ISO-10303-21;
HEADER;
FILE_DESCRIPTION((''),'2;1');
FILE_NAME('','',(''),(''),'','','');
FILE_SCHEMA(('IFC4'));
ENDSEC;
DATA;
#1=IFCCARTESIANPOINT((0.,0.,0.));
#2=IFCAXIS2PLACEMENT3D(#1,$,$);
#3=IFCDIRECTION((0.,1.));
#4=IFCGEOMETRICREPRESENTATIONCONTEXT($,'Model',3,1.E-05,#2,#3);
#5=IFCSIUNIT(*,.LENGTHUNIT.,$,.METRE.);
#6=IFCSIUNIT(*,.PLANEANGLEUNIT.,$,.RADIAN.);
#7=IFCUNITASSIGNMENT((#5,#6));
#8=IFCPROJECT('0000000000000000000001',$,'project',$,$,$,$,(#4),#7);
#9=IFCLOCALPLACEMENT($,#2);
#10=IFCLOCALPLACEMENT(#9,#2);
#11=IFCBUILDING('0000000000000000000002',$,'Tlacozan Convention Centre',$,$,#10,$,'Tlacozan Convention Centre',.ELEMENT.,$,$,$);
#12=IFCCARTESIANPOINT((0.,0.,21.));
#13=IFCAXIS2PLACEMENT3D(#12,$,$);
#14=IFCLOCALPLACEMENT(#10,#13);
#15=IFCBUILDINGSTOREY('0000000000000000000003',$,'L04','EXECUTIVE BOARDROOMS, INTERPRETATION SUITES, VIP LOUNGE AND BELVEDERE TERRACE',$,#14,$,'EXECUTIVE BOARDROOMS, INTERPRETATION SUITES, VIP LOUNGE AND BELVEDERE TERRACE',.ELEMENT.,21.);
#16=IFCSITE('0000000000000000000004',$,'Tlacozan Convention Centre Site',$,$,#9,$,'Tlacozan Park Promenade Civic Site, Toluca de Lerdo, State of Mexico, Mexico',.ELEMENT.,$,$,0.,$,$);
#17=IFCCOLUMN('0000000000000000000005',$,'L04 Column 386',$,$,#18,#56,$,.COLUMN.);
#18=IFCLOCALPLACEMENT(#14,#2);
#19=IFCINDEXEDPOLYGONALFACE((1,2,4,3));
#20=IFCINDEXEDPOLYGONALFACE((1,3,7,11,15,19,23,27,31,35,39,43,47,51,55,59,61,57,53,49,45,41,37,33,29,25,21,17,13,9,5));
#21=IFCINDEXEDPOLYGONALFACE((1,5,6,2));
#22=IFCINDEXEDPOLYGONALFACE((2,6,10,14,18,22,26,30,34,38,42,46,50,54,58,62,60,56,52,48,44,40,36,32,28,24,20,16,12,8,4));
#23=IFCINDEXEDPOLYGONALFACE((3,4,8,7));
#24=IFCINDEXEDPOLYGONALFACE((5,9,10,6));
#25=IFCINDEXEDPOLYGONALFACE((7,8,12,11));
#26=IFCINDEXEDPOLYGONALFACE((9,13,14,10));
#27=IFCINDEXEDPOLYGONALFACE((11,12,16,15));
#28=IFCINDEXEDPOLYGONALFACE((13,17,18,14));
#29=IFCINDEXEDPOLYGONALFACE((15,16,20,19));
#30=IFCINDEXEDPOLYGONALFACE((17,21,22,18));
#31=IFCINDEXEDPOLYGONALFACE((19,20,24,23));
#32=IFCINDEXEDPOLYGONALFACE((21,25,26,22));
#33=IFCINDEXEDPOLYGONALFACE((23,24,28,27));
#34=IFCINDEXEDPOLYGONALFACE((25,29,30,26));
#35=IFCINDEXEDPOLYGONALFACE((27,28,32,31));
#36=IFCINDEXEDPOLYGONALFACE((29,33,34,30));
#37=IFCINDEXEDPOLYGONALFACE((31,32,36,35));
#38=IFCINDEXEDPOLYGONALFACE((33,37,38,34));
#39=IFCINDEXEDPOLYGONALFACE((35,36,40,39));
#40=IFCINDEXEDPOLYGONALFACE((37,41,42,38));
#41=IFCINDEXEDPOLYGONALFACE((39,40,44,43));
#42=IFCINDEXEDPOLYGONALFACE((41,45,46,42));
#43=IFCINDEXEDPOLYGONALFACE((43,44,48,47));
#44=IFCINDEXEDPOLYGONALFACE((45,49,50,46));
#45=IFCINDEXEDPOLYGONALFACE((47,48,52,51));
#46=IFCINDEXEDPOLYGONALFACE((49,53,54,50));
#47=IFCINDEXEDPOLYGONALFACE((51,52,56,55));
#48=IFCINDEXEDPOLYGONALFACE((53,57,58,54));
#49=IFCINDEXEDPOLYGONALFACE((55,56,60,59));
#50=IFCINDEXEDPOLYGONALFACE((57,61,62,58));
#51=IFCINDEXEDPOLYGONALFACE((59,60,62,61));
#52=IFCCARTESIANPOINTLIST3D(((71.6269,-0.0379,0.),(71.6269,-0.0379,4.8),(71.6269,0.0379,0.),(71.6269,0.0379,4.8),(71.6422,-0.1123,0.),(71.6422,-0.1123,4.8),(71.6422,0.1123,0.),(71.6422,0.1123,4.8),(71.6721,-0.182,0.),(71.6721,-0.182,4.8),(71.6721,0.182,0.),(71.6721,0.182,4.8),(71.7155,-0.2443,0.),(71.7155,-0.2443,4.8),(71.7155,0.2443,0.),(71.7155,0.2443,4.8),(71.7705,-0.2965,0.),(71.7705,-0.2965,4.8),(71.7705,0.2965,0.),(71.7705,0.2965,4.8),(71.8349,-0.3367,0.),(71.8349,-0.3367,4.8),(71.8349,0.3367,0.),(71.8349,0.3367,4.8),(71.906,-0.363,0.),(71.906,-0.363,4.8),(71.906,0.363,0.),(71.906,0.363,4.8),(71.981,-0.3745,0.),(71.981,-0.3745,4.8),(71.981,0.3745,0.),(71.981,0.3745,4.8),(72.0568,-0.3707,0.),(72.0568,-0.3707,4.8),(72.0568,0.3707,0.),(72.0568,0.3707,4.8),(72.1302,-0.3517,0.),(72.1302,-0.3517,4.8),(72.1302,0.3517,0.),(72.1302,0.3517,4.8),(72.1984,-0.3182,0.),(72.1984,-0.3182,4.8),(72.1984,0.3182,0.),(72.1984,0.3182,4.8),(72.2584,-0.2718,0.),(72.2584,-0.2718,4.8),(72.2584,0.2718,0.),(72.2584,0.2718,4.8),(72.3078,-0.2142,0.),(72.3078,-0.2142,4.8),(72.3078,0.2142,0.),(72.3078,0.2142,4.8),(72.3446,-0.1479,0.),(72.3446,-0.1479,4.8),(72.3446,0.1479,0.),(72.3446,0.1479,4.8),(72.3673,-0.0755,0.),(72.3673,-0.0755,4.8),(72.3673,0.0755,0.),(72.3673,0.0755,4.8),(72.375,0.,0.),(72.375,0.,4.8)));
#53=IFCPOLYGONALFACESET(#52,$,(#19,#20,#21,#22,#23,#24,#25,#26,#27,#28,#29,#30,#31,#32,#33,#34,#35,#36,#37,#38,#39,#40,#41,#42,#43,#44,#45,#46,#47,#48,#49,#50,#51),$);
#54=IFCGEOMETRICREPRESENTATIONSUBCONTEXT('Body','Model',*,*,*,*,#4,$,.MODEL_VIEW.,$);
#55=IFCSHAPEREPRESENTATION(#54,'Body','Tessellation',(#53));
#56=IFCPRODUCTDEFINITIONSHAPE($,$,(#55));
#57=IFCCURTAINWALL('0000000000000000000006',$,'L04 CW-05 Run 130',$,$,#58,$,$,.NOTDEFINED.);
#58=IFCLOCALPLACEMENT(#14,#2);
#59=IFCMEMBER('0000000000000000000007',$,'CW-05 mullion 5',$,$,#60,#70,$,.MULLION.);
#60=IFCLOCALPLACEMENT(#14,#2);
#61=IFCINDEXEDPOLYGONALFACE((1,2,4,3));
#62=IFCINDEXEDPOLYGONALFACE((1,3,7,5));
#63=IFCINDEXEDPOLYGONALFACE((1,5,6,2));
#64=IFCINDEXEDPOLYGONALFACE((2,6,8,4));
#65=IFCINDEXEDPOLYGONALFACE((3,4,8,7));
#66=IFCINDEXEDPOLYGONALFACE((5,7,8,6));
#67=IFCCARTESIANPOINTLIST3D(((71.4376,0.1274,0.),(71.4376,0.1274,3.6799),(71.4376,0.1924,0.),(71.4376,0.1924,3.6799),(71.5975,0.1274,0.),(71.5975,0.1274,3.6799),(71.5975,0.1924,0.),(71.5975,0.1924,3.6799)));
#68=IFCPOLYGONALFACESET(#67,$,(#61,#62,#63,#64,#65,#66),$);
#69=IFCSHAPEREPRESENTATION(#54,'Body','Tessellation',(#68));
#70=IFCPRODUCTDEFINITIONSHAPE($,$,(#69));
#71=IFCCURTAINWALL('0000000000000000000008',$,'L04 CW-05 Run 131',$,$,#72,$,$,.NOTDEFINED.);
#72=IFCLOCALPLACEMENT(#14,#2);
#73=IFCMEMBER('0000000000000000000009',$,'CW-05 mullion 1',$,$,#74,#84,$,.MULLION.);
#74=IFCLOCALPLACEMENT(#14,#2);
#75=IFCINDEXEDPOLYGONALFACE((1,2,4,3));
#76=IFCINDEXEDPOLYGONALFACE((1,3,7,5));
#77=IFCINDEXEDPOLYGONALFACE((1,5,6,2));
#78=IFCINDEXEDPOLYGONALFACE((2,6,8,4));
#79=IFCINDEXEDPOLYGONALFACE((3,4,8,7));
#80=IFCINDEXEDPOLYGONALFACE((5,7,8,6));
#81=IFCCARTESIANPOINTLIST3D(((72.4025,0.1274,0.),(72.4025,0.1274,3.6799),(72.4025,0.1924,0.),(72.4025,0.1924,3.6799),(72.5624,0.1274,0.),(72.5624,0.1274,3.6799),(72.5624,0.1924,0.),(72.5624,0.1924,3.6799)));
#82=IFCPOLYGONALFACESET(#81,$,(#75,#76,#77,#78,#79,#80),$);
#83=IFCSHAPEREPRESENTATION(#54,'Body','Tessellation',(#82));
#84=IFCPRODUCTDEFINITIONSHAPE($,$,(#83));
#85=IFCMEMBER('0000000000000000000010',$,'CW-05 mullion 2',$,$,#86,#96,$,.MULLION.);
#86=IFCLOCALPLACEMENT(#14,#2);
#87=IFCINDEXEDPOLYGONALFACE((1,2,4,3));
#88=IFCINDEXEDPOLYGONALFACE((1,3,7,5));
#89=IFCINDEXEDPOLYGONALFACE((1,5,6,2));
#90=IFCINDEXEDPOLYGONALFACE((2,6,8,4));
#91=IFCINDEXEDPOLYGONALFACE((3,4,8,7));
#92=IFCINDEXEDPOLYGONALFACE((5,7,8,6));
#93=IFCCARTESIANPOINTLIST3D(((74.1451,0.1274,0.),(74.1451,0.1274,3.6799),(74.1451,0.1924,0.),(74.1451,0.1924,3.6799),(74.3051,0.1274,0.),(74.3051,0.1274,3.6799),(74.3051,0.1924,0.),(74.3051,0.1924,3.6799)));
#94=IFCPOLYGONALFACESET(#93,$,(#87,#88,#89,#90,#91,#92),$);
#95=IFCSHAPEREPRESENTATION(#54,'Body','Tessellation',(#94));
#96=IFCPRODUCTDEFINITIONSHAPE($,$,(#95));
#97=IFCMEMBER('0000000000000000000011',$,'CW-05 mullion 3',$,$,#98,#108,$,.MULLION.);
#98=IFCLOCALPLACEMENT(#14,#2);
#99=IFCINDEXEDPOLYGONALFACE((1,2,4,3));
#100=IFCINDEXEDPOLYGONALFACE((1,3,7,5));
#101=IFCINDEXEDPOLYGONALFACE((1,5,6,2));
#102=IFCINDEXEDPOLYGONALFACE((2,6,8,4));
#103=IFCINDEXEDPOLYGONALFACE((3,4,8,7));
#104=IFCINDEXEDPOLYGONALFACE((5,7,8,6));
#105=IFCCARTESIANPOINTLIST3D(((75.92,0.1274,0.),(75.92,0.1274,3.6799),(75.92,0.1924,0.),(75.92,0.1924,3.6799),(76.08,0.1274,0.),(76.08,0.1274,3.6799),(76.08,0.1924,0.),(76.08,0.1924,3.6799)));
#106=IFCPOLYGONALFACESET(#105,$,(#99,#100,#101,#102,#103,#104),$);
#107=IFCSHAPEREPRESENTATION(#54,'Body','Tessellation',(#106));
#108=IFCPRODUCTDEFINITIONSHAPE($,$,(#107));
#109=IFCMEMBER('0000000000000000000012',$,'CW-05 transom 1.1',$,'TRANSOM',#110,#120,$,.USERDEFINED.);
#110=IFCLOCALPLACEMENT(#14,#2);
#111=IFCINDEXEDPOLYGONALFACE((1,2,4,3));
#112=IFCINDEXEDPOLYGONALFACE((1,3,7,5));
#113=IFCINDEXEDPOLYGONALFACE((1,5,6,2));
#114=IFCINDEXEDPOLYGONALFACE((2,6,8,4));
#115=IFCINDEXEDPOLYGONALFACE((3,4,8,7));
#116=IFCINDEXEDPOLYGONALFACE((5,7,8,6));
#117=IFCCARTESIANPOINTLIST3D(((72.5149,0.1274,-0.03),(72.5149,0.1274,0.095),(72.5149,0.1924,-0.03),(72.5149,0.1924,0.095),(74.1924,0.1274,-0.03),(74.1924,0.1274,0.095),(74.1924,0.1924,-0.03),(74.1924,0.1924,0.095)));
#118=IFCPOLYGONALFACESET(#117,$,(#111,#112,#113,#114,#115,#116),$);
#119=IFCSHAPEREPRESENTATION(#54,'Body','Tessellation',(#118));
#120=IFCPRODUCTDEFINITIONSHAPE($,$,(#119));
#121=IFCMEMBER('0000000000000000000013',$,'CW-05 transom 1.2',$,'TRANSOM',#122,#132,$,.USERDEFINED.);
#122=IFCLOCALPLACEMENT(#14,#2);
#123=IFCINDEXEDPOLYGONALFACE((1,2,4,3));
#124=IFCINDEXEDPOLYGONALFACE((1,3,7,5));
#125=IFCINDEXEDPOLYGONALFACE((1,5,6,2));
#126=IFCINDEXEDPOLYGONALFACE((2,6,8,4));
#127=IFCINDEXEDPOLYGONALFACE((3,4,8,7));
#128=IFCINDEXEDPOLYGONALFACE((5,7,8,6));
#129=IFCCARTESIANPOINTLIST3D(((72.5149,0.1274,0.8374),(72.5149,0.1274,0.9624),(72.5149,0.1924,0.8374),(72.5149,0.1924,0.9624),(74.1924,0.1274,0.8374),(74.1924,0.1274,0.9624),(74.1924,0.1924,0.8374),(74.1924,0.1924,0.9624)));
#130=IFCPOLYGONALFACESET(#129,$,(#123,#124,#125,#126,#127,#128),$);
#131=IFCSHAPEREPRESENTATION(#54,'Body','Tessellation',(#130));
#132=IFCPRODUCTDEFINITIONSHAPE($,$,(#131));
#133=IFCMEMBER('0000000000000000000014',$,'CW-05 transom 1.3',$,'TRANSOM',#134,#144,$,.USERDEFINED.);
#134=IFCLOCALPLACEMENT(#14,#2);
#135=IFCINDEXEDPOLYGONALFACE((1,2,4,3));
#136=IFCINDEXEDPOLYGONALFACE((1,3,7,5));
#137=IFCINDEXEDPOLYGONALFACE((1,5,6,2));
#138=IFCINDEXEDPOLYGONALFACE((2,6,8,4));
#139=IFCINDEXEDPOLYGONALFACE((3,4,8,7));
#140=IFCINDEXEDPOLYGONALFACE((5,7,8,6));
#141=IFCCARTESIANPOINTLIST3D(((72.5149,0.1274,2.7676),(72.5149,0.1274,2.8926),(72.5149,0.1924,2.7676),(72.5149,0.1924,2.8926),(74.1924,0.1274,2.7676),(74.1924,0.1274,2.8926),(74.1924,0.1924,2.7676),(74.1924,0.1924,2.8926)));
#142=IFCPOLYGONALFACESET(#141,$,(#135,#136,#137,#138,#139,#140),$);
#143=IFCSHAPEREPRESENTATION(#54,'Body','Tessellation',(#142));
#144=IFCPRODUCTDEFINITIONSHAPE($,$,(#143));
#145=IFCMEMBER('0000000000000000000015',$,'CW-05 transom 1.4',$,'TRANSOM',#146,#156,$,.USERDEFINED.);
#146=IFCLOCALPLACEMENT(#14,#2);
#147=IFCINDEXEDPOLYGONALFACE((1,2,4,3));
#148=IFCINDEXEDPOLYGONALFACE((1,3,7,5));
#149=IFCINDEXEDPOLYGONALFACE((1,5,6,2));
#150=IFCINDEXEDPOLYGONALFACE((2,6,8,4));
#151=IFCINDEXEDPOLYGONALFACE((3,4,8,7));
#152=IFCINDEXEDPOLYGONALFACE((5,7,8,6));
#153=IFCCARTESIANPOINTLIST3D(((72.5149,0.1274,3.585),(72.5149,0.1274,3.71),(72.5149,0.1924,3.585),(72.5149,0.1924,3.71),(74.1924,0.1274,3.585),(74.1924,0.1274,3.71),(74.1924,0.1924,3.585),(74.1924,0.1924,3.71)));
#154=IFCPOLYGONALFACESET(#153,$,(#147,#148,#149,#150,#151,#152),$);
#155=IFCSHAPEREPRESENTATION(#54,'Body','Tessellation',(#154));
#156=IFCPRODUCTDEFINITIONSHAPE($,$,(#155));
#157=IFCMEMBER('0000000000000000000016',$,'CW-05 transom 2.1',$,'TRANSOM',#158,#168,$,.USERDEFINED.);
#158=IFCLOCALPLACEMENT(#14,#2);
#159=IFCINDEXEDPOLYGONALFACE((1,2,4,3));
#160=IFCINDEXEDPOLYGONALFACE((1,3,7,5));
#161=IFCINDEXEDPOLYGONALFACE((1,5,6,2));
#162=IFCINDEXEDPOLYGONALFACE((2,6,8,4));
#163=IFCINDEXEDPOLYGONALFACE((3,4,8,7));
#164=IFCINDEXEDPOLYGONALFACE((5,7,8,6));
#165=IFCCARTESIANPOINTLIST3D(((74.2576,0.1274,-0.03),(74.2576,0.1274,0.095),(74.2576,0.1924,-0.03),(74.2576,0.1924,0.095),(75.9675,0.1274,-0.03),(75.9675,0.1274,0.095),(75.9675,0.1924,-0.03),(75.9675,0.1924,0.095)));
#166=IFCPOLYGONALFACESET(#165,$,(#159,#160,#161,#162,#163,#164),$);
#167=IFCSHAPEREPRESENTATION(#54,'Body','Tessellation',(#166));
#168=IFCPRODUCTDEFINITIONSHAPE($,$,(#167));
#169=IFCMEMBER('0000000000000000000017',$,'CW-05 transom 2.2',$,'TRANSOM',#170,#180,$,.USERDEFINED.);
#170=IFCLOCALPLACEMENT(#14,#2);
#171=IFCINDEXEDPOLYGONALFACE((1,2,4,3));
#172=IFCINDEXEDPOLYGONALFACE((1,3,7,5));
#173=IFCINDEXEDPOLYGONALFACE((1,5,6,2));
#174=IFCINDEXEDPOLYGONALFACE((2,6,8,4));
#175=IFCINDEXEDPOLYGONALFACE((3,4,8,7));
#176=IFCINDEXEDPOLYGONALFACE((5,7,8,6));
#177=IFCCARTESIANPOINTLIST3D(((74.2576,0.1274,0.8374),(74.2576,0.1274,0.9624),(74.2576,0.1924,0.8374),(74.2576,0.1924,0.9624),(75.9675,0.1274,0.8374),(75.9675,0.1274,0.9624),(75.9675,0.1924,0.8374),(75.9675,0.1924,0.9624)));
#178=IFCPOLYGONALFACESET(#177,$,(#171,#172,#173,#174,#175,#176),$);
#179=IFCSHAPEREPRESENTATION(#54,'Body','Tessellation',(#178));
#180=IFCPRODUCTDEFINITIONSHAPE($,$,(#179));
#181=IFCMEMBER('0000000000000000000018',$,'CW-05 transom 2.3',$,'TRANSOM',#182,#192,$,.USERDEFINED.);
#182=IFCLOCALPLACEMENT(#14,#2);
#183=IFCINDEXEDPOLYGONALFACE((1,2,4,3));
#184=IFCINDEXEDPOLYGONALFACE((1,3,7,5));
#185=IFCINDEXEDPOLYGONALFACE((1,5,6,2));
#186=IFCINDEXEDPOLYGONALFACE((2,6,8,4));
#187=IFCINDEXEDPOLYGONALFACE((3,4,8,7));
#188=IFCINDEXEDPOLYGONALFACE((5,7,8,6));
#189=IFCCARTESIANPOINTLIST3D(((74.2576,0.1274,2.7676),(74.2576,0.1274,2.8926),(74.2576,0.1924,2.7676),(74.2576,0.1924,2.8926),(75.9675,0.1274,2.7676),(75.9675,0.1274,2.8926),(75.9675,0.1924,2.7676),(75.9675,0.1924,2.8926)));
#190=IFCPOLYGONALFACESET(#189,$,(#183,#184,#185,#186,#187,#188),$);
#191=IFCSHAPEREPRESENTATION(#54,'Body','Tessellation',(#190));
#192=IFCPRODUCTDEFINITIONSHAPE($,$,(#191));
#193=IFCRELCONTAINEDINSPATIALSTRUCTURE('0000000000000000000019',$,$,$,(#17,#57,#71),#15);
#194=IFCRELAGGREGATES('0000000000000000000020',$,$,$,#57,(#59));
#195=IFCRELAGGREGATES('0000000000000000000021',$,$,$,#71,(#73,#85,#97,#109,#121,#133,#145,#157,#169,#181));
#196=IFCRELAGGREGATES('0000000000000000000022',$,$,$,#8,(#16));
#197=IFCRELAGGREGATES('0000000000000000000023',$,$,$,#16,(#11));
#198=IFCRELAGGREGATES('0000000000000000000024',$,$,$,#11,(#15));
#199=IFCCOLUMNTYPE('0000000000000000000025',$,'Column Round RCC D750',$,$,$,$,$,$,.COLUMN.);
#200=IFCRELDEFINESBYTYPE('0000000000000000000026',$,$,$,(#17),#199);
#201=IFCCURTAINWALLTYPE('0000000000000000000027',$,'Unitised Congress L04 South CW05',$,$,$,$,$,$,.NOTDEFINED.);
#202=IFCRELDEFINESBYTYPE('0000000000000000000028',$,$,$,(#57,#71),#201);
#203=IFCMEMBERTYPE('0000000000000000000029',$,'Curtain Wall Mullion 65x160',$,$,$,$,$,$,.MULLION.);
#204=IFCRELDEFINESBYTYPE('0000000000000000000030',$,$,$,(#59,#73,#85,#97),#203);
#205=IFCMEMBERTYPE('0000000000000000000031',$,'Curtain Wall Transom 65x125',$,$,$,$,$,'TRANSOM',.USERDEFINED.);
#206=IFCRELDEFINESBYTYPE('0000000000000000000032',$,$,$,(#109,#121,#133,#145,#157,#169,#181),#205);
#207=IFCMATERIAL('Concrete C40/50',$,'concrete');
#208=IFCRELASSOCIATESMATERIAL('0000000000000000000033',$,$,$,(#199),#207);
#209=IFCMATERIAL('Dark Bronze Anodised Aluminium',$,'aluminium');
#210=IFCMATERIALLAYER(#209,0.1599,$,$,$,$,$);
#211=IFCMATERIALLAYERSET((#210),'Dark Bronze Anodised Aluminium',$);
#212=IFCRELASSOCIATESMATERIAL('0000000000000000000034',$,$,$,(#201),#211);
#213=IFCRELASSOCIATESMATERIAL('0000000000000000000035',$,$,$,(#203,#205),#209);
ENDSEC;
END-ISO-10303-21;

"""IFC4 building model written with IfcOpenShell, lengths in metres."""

from ifc_helpers import new_model, si_unit, direction, frame, origin, origin_2d, place, context, subcontext, project, spatial, rectangle, circle, extrude, material, layer, layer_set, material_profile, profile_set, type_object, element, aggregate, save


model = new_model("IFC4")

# Units and contexts
model_context = context("Model", 3, precision=1e-05, world=origin(), true_north=direction((0.0, 1.0)))
body_context = subcontext(model_context, "Body", "Model", "MODEL_VIEW")
ifc_project = project(units=[si_unit("LENGTHUNIT", "METRE"), si_unit("PLANEANGLEUNIT", "RADIAN")], contexts=[model_context])

# Site, building, storey
site_placement = place(None, origin())
site = spatial("IfcSite", under=ifc_project, at=site_placement, Name="Tlacozan Convention Centre Site", LongName="Tlacozan Park Promenade Civic Site, Toluca de Lerdo, State of Mexico, Mexico", CompositionType="ELEMENT", RefElevation=0.0)
building_placement = place(site_placement, origin())
building = spatial("IfcBuilding", under=site, at=building_placement, Name="Tlacozan Convention Centre", LongName="Tlacozan Convention Centre", CompositionType="ELEMENT")
storey_placement = place(building_placement, frame((0.0, 0.0, 21.0)))
storey = spatial("IfcBuildingStorey", under=building, at=storey_placement, Name="L04", Description="EXECUTIVE BOARDROOMS, INTERPRETATION SUITES, VIP LOUNGE AND BELVEDERE TERRACE", LongName="EXECUTIVE BOARDROOMS, INTERPRETATION SUITES, VIP LOUNGE AND BELVEDERE TERRACE", CompositionType="ELEMENT", Elevation=21.0)

# Column
ifc_material_1 = material(Name="Concrete C40/50", Category="concrete")
ifc_material_profile_1 = material_profile(ifc_material_1, circle(Radius=0.375, at=origin_2d()), Name="RCC D750")
ifc_profile_set_1 = profile_set([ifc_material_profile_1], Name="Concrete C40/50")
column_type = type_object("IfcColumnType", Name="Column Round RCC D750", PredefinedType="COLUMN", material=ifc_profile_set_1)
column_placement = place(storey_placement, frame((72.0, 0.0, 0.0), z_axis=(0.0, 0.0, 1.0), x_axis=(1.0, 0.0, 0.0)))
element("IfcColumn", 1, at=column_placement, inside=storey, type_object=column_type, Name="L04 Column 386", PredefinedType="COLUMN", context=body_context, shape_type="SweptSolid", body=[
    extrude(circle(Radius=0.375, at=origin_2d()), origin(), (0.0, 0.0, 1.0), 4.8),
])

# Curtain wall, member
ifc_material_2 = material(Name="Dark Bronze Anodised Aluminium", Category="aluminium")
ifc_layer_1 = layer(ifc_material_2, 0.1599)
ifc_layer_set_1 = layer_set([ifc_layer_1], Name="Dark Bronze Anodised Aluminium")
curtain_wall_type = type_object("IfcCurtainWallType", Name="Unitised Congress L04 South CW05", PredefinedType="NOTDEFINED", material=ifc_layer_set_1)
curtain_wall_1_placement = place(storey_placement, origin())
curtain_wall_1 = element("IfcCurtainWall", 2, at=curtain_wall_1_placement, inside=storey, type_object=curtain_wall_type, Name="L04 CW-05 Run 130", PredefinedType="NOTDEFINED")
ifc_material_profile_2 = material_profile(ifc_material_2, rectangle(XDim=0.0649, YDim=0.1599, at=origin_2d()), Name="ALU 65x160")
ifc_profile_set_2 = profile_set([ifc_material_profile_2], Name="Dark Bronze Anodised Aluminium")
member_type_1 = type_object("IfcMemberType", Name="Curtain Wall Mullion 65x160", PredefinedType="MULLION", material=ifc_profile_set_2)
member_1_placement = place(storey_placement, frame((71.5176, 0.1599, 0.0), z_axis=(0.0, 0.0, 1.0), x_axis=(0.0, 1.0, 0.0)))
member_1 = element("IfcMember", 3, at=member_1_placement, type_object=member_type_1, Name="CW-05 mullion 5", PredefinedType="MULLION", context=body_context, shape_type="SweptSolid", body=[
    extrude(rectangle(XDim=0.0649, YDim=0.1599, at=origin_2d()), origin(), (0.0, 0.0, 1.0), 3.6799),
])

# Curtain wall, members
curtain_wall_2_placement = place(storey_placement, origin())
curtain_wall_2 = element("IfcCurtainWall", 4, at=curtain_wall_2_placement, inside=storey, type_object=curtain_wall_type, Name="L04 CW-05 Run 131", PredefinedType="NOTDEFINED")
member_2_placement = place(storey_placement, frame((72.4824, 0.1599, 0.0), z_axis=(0.0, 0.0, 1.0), x_axis=(0.0, 1.0, 0.0)))
member_2 = element("IfcMember", 5, at=member_2_placement, type_object=member_type_1, Name="CW-05 mullion 1", PredefinedType="MULLION", context=body_context, shape_type="SweptSolid", body=[
    extrude(rectangle(XDim=0.0649, YDim=0.1599, at=origin_2d()), origin(), (0.0, 0.0, 1.0), 3.6799),
])
member_3_placement = place(storey_placement, frame((74.2251, 0.1599, 0.0), z_axis=(0.0, 0.0, 1.0), x_axis=(0.0, 1.0, 0.0)))
member_3 = element("IfcMember", 6, at=member_3_placement, type_object=member_type_1, Name="CW-05 mullion 2", PredefinedType="MULLION", context=body_context, shape_type="SweptSolid", body=[
    extrude(rectangle(XDim=0.0649, YDim=0.1599, at=origin_2d()), origin(), (0.0, 0.0, 1.0), 3.6799),
])
member_4_placement = place(storey_placement, frame((76.0, 0.1599, 0.0), z_axis=(0.0, 0.0, 1.0), x_axis=(0.0, 1.0, 0.0)))
member_4 = element("IfcMember", 7, at=member_4_placement, type_object=member_type_1, Name="CW-05 mullion 3", PredefinedType="MULLION", context=body_context, shape_type="SweptSolid", body=[
    extrude(rectangle(XDim=0.0649, YDim=0.1599, at=origin_2d()), origin(), (0.0, 0.0, 1.0), 3.6799),
])
ifc_material_profile_3 = material_profile(ifc_material_2, rectangle(XDim=0.0649, YDim=0.125, at=origin_2d()), Name="ALU 65x125")
ifc_profile_set_3 = profile_set([ifc_material_profile_3], Name="Dark Bronze Anodised Aluminium")
member_type_2 = type_object("IfcMemberType", Name="Curtain Wall Transom 65x125", ElementType="TRANSOM", PredefinedType="USERDEFINED", material=ifc_profile_set_3)
member_5_placement = place(storey_placement, frame((72.5149, 0.1599, 0.0325), z_axis=(1.0, 0.0, 0.0), x_axis=(0.0, 1.0, 0.0)))
member_5 = element("IfcMember", 8, at=member_5_placement, type_object=member_type_2, Name="CW-05 transom 1.1", ObjectType="TRANSOM", PredefinedType="USERDEFINED", context=body_context, shape_type="SweptSolid", body=[
    extrude(rectangle(XDim=0.0649, YDim=0.125, at=origin_2d()), origin(), (0.0, 0.0, 1.0), 1.6775),
])
member_6_placement = place(storey_placement, frame((72.5149, 0.1599, 0.8999), z_axis=(1.0, 0.0, 0.0), x_axis=(0.0, 1.0, 0.0)))
member_6 = element("IfcMember", 9, at=member_6_placement, type_object=member_type_2, Name="CW-05 transom 1.2", ObjectType="TRANSOM", PredefinedType="USERDEFINED", context=body_context, shape_type="SweptSolid", body=[
    extrude(rectangle(XDim=0.0649, YDim=0.125, at=origin_2d()), origin(), (0.0, 0.0, 1.0), 1.6775),
])
member_7_placement = place(storey_placement, frame((72.5149, 0.1599, 2.8301), z_axis=(1.0, 0.0, 0.0), x_axis=(0.0, 1.0, 0.0)))
member_7 = element("IfcMember", 10, at=member_7_placement, type_object=member_type_2, Name="CW-05 transom 1.3", ObjectType="TRANSOM", PredefinedType="USERDEFINED", context=body_context, shape_type="SweptSolid", body=[
    extrude(rectangle(XDim=0.0649, YDim=0.125, at=origin_2d()), origin(), (0.0, 0.0, 1.0), 1.6775),
])
member_8_placement = place(storey_placement, frame((72.5149, 0.1599, 3.6475), z_axis=(1.0, 0.0, 0.0), x_axis=(0.0, 1.0, 0.0)))
member_8 = element("IfcMember", 11, at=member_8_placement, type_object=member_type_2, Name="CW-05 transom 1.4", ObjectType="TRANSOM", PredefinedType="USERDEFINED", context=body_context, shape_type="SweptSolid", body=[
    extrude(rectangle(XDim=0.0649, YDim=0.125, at=origin_2d()), origin(), (0.0, 0.0, 1.0), 1.6775),
])
member_9_placement = place(storey_placement, frame((74.2576, 0.1599, 0.0325), z_axis=(1.0, 0.0, 0.0), x_axis=(0.0, 1.0, 0.0)))
member_9 = element("IfcMember", 12, at=member_9_placement, type_object=member_type_2, Name="CW-05 transom 2.1", ObjectType="TRANSOM", PredefinedType="USERDEFINED", context=body_context, shape_type="SweptSolid", body=[
    extrude(rectangle(XDim=0.0649, YDim=0.125, at=origin_2d()), origin(), (0.0, 0.0, 1.0), 1.71),
])
member_10_placement = place(storey_placement, frame((74.2576, 0.1599, 0.8999), z_axis=(1.0, 0.0, 0.0), x_axis=(0.0, 1.0, 0.0)))
member_10 = element("IfcMember", 13, at=member_10_placement, type_object=member_type_2, Name="CW-05 transom 2.2", ObjectType="TRANSOM", PredefinedType="USERDEFINED", context=body_context, shape_type="SweptSolid", body=[
    extrude(rectangle(XDim=0.0649, YDim=0.125, at=origin_2d()), origin(), (0.0, 0.0, 1.0), 1.71),
])
member_11_placement = place(storey_placement, frame((74.2576, 0.1599, 2.8301), z_axis=(1.0, 0.0, 0.0), x_axis=(0.0, 1.0, 0.0)))
member_11 = element("IfcMember", 14, at=member_11_placement, type_object=member_type_2, Name="CW-05 transom 2.3", ObjectType="TRANSOM", PredefinedType="USERDEFINED", context=body_context, shape_type="SweptSolid", body=[
    extrude(rectangle(XDim=0.0649, YDim=0.125, at=origin_2d()), origin(), (0.0, 0.0, 1.0), 1.71),
])

aggregate(curtain_wall_1, [member_1])
aggregate(curtain_wall_2, [member_2, member_3, member_4, member_5, member_6, member_7, member_8, member_9, member_10, member_11])

save(model, "model.ifc")
